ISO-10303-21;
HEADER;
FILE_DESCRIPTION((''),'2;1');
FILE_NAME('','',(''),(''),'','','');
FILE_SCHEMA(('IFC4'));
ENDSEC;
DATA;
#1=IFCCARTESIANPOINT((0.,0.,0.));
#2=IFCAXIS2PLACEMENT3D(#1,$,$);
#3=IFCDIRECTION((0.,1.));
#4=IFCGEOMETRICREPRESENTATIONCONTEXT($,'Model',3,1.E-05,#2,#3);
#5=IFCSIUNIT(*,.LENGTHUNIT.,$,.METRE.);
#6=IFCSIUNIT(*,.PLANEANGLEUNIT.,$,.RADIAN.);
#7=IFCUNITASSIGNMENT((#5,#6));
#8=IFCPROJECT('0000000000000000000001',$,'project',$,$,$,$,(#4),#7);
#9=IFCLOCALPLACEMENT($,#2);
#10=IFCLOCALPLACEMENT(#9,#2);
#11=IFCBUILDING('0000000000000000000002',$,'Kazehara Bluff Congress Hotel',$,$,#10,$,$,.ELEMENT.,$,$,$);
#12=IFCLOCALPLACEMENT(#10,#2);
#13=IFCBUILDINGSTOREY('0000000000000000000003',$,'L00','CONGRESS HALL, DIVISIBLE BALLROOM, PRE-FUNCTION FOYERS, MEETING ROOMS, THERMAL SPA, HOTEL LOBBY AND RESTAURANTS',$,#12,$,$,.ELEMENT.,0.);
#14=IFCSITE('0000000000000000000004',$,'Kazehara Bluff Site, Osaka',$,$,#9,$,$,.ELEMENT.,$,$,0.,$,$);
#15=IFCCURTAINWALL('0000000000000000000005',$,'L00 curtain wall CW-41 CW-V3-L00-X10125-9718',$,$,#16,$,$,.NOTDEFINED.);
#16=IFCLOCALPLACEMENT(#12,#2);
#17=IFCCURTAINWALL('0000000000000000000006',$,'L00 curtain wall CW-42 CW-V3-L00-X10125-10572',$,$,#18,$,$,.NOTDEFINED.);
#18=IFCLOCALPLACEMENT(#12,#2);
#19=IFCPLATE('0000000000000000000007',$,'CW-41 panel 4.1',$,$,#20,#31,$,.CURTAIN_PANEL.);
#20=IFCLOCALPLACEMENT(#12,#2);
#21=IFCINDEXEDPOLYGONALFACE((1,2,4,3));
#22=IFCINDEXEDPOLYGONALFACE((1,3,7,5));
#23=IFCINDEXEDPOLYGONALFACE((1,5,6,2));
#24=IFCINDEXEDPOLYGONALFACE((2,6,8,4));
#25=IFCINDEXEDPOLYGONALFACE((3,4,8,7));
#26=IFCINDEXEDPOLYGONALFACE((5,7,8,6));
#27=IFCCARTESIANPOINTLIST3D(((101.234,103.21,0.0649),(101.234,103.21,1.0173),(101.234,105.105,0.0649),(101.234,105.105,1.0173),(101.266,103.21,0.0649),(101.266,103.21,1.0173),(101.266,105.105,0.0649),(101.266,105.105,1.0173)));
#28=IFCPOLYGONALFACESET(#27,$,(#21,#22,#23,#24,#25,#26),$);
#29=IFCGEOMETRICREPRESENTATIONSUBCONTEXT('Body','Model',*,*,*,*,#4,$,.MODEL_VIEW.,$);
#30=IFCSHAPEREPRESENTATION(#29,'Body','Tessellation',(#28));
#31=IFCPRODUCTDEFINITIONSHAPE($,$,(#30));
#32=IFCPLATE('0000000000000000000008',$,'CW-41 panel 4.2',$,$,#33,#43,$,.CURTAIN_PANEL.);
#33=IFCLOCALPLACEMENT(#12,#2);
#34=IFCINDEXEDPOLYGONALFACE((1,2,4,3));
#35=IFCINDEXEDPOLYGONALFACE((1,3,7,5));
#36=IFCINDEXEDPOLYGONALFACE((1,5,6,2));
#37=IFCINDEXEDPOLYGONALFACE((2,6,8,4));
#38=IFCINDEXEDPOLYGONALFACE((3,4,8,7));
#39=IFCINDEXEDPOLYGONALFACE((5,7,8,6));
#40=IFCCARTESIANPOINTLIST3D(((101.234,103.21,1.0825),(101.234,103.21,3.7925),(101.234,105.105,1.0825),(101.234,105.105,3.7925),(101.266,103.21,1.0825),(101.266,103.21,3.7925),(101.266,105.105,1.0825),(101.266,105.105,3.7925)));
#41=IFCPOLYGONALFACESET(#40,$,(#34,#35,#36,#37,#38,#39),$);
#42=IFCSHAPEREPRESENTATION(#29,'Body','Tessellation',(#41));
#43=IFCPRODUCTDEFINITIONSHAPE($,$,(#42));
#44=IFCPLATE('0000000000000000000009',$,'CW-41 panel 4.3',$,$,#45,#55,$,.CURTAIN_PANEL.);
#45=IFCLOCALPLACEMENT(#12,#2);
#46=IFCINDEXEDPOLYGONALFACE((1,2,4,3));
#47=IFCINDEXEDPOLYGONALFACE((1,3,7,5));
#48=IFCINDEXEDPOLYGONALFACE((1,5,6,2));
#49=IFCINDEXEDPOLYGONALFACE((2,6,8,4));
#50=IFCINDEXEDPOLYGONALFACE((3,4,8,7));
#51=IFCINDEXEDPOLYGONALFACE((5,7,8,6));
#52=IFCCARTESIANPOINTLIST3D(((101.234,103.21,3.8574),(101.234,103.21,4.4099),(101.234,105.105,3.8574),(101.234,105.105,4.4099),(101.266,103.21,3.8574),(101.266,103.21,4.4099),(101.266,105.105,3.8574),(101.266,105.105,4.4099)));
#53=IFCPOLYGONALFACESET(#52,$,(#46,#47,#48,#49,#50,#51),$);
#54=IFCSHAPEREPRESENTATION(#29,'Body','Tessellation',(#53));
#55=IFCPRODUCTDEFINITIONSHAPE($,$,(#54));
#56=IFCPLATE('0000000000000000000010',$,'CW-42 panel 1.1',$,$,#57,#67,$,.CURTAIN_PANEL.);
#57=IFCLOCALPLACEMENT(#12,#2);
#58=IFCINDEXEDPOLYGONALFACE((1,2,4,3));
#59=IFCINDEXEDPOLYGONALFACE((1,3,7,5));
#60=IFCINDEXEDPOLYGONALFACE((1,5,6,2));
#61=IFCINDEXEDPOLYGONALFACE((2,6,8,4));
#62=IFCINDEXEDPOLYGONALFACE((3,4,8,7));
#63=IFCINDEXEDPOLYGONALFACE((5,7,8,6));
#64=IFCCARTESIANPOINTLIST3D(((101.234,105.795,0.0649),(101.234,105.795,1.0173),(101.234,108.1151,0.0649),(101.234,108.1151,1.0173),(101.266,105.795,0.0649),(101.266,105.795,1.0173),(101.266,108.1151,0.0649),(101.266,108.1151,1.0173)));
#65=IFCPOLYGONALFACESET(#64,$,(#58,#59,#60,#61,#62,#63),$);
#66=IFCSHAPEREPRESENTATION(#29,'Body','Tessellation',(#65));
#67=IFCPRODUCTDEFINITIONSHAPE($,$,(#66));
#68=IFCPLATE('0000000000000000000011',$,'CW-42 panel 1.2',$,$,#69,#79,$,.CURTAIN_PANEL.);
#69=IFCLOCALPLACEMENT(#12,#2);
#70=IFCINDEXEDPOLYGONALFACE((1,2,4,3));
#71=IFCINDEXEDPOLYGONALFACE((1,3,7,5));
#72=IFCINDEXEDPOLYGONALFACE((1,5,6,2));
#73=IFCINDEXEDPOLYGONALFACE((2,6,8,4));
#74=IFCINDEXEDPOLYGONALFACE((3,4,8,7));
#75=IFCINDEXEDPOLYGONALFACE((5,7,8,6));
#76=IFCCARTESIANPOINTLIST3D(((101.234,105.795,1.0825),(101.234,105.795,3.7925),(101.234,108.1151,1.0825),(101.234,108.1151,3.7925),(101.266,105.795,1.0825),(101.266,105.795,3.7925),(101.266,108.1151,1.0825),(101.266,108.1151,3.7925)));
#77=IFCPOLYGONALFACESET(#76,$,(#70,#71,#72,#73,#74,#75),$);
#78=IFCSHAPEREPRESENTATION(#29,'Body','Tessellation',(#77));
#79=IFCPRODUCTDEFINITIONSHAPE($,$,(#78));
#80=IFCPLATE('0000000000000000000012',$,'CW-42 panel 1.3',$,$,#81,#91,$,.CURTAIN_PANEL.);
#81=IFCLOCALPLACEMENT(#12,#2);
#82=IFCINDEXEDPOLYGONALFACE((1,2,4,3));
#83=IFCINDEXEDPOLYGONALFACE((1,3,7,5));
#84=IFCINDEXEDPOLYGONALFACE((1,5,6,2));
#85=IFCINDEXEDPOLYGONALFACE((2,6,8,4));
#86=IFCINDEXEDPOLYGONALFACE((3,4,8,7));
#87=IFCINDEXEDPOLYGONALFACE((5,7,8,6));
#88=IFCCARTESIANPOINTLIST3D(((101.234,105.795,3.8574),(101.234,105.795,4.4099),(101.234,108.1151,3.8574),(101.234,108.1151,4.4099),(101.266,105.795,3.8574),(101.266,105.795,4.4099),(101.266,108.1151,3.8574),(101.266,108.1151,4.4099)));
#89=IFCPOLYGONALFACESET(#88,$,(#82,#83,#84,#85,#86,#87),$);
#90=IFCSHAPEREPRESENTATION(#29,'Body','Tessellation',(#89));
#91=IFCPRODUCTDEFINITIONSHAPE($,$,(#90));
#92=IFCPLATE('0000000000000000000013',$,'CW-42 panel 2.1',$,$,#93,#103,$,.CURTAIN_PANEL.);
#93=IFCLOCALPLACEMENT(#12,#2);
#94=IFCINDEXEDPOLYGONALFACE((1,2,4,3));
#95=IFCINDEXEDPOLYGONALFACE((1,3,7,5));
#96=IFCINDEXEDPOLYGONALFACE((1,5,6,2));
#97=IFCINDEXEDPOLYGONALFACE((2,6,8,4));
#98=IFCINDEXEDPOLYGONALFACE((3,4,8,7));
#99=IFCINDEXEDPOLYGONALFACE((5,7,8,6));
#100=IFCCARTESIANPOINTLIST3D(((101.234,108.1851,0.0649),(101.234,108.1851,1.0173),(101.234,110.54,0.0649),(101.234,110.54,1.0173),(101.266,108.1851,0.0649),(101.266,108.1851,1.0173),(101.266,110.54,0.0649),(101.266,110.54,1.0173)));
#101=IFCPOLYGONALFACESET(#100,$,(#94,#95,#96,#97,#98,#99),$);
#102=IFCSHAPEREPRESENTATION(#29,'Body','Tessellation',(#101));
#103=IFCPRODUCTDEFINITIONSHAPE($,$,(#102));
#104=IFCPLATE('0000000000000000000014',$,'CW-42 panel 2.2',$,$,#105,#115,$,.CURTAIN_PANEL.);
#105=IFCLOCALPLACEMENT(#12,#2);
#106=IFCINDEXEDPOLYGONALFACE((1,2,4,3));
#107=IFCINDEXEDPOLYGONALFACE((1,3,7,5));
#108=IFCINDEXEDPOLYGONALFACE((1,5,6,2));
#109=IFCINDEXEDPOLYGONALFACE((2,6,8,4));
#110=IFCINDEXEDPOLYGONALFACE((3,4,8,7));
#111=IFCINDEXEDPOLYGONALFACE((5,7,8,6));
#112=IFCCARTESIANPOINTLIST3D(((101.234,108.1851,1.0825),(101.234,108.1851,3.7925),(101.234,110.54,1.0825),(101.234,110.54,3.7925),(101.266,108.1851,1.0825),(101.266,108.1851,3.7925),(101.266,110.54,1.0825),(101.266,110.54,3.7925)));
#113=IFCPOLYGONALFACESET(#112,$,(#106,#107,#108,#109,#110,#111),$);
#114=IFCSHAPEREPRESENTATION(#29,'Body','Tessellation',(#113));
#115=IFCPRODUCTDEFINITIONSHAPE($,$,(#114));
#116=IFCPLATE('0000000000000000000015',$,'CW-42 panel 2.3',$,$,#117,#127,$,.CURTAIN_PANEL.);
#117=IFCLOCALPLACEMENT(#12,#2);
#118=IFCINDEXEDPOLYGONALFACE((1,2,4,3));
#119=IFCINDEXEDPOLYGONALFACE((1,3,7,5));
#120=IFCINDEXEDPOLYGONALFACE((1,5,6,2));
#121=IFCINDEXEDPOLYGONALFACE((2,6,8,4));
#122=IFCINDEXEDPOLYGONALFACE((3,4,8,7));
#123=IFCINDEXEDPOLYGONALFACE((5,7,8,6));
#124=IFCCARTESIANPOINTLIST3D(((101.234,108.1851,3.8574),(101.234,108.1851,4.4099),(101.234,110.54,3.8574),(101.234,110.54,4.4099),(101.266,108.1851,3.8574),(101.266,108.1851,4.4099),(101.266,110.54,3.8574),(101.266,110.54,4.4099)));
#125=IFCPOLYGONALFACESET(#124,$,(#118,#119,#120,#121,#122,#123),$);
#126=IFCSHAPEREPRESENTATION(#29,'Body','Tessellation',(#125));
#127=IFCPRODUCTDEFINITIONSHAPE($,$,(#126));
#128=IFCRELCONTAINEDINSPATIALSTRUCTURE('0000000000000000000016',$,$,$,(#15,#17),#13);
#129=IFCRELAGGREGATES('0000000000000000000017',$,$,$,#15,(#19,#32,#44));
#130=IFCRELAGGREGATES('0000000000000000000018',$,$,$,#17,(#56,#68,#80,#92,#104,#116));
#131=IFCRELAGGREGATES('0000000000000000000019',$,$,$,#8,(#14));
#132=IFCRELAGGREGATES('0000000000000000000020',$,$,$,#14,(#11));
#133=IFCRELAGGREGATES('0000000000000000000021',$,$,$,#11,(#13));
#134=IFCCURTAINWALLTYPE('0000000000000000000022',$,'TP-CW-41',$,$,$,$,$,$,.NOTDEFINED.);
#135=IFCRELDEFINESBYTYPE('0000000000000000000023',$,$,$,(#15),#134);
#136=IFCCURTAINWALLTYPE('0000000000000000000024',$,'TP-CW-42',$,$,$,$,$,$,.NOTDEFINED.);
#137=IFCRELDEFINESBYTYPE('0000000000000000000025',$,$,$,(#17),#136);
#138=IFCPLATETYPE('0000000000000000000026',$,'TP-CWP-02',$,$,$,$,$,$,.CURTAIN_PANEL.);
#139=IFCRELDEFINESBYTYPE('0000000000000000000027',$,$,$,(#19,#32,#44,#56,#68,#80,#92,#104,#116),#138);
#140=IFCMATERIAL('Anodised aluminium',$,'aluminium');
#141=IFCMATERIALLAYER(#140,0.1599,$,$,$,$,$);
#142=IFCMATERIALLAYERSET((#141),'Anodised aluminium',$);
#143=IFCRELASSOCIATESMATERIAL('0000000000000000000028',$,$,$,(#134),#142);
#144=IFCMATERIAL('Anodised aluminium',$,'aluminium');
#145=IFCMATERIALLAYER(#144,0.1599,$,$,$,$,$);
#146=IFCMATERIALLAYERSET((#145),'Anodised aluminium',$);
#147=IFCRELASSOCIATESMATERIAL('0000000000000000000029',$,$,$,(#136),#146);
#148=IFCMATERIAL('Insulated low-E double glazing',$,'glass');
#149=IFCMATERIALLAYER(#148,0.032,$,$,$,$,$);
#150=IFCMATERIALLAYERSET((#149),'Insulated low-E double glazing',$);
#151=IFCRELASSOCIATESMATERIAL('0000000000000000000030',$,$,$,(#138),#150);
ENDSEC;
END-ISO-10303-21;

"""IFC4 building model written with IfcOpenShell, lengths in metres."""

from ifc_helpers import new_model, si_unit, direction, frame, origin, origin_2d, place, context, subcontext, project, spatial, rectangle, extrude, material, layer, layer_set, type_object, element, aggregate, save


model = new_model("IFC4")

# Units and contexts
model_context = context("Model", 3, precision=1e-05, world=origin(), true_north=direction((0.0, 1.0)))
body_context = subcontext(model_context, "Body", "Model", "MODEL_VIEW")
ifc_project = project(units=[si_unit("LENGTHUNIT", "METRE"), si_unit("PLANEANGLEUNIT", "RADIAN")], contexts=[model_context])

# Site, building, storey
site_placement = place(None, origin())
site = spatial("IfcSite", under=ifc_project, at=site_placement, Name="Kazehara Bluff Site, Osaka", CompositionType="ELEMENT", RefElevation=0.0)
building_placement = place(site_placement, origin())
building = spatial("IfcBuilding", under=site, at=building_placement, Name="Kazehara Bluff Congress Hotel", CompositionType="ELEMENT")
storey_placement = place(building_placement, origin())
storey = spatial("IfcBuildingStorey", under=building, at=storey_placement, Name="L00", Description="CONGRESS HALL, DIVISIBLE BALLROOM, PRE-FUNCTION FOYERS, MEETING ROOMS, THERMAL SPA, HOTEL LOBBY AND RESTAURANTS", CompositionType="ELEMENT", Elevation=0.0)

# Curtain walls
ifc_material_1 = material(Name="Anodised aluminium", Category="aluminium")
ifc_layer_1 = layer(ifc_material_1, 0.1599)
ifc_layer_set_1 = layer_set([ifc_layer_1], Name="Anodised aluminium")
curtain_wall_type_1 = type_object("IfcCurtainWallType", Name="TP-CW-41", PredefinedType="NOTDEFINED", material=ifc_layer_set_1)
curtain_wall_1_placement = place(storey_placement, origin())
curtain_wall_1 = element("IfcCurtainWall", 1, at=curtain_wall_1_placement, inside=storey, type_object=curtain_wall_type_1, Name="L00 curtain wall CW-41 CW-V3-L00-X10125-9718", PredefinedType="NOTDEFINED")
ifc_material_2 = material(Name="Anodised aluminium", Category="aluminium")
ifc_layer_2 = layer(ifc_material_2, 0.1599)
ifc_layer_set_2 = layer_set([ifc_layer_2], Name="Anodised aluminium")
curtain_wall_type_2 = type_object("IfcCurtainWallType", Name="TP-CW-42", PredefinedType="NOTDEFINED", material=ifc_layer_set_2)
curtain_wall_2_placement = place(storey_placement, origin())
curtain_wall_2 = element("IfcCurtainWall", 2, at=curtain_wall_2_placement, inside=storey, type_object=curtain_wall_type_2, Name="L00 curtain wall CW-42 CW-V3-L00-X10125-10572", PredefinedType="NOTDEFINED")

# Plates
ifc_material_3 = material(Name="Insulated low-E double glazing", Category="glass")
ifc_layer_3 = layer(ifc_material_3, 0.032)
ifc_layer_set_3 = layer_set([ifc_layer_3], Name="Insulated low-E double glazing")
plate_type = type_object("IfcPlateType", Name="TP-CWP-02", PredefinedType="CURTAIN_PANEL", material=ifc_layer_set_3)
plate_1_placement = place(storey_placement, frame((101.25, 104.1575, 0.0649), z_axis=(0.0, 0.0, 1.0), x_axis=(0.0, 1.0, 0.0)))
plate_1 = element("IfcPlate", 3, at=plate_1_placement, type_object=plate_type, Name="CW-41 panel 4.1", PredefinedType="CURTAIN_PANEL", context=body_context, shape_type="SweptSolid", body=[
    extrude(rectangle(XDim=1.895, YDim=0.032, at=origin_2d()), origin(), (0.0, 0.0, 1.0), 0.9524),
])
plate_2_placement = place(storey_placement, frame((101.25, 104.1575, 1.0825), z_axis=(0.0, 0.0, 1.0), x_axis=(0.0, 1.0, 0.0)))
plate_2 = element("IfcPlate", 4, at=plate_2_placement, type_object=plate_type, Name="CW-41 panel 4.2", PredefinedType="CURTAIN_PANEL", context=body_context, shape_type="SweptSolid", body=[
    extrude(rectangle(XDim=1.895, YDim=0.032, at=origin_2d()), origin(), (0.0, 0.0, 1.0), 2.71),
])
plate_3_placement = place(storey_placement, frame((101.25, 104.1575, 3.8574), z_axis=(0.0, 0.0, 1.0), x_axis=(0.0, 1.0, 0.0)))
plate_3 = element("IfcPlate", 5, at=plate_3_placement, type_object=plate_type, Name="CW-41 panel 4.3", PredefinedType="CURTAIN_PANEL", context=body_context, shape_type="SweptSolid", body=[
    extrude(rectangle(XDim=1.895, YDim=0.032, at=origin_2d()), origin(), (0.0, 0.0, 1.0), 0.5525),
])
aggregate(curtain_wall_1, [plate_1, plate_2, plate_3])
plate_4_placement = place(storey_placement, frame((101.25, 106.9551, 0.0649), z_axis=(0.0, 0.0, 1.0), x_axis=(0.0, 1.0, 0.0)))
plate_4 = element("IfcPlate", 6, at=plate_4_placement, type_object=plate_type, Name="CW-42 panel 1.1", PredefinedType="CURTAIN_PANEL", context=body_context, shape_type="SweptSolid", body=[
    extrude(rectangle(XDim=2.3201, YDim=0.032, at=origin_2d()), origin(), (0.0, 0.0, 1.0), 0.9524),
])
plate_5_placement = place(storey_placement, frame((101.25, 106.9551, 1.0825), z_axis=(0.0, 0.0, 1.0), x_axis=(0.0, 1.0, 0.0)))
plate_5 = element("IfcPlate", 7, at=plate_5_placement, type_object=plate_type, Name="CW-42 panel 1.2", PredefinedType="CURTAIN_PANEL", context=body_context, shape_type="SweptSolid", body=[
    extrude(rectangle(XDim=2.3201, YDim=0.032, at=origin_2d()), origin(), (0.0, 0.0, 1.0), 2.71),
])
plate_6_placement = place(storey_placement, frame((101.25, 106.9551, 3.8574), z_axis=(0.0, 0.0, 1.0), x_axis=(0.0, 1.0, 0.0)))
plate_6 = element("IfcPlate", 8, at=plate_6_placement, type_object=plate_type, Name="CW-42 panel 1.3", PredefinedType="CURTAIN_PANEL", context=body_context, shape_type="SweptSolid", body=[
    extrude(rectangle(XDim=2.3201, YDim=0.032, at=origin_2d()), origin(), (0.0, 0.0, 1.0), 0.5525),
])
plate_7_placement = place(storey_placement, frame((101.25, 109.3625, 0.0649), z_axis=(0.0, 0.0, 1.0), x_axis=(0.0, 1.0, 0.0)))
plate_7 = element("IfcPlate", 9, at=plate_7_placement, type_object=plate_type, Name="CW-42 panel 2.1", PredefinedType="CURTAIN_PANEL", context=body_context, shape_type="SweptSolid", body=[
    extrude(rectangle(XDim=2.355, YDim=0.032, at=origin_2d()), origin(), (0.0, 0.0, 1.0), 0.9524),
])
plate_8_placement = place(storey_placement, frame((101.25, 109.3625, 1.0825), z_axis=(0.0, 0.0, 1.0), x_axis=(0.0, 1.0, 0.0)))
plate_8 = element("IfcPlate", 10, at=plate_8_placement, type_object=plate_type, Name="CW-42 panel 2.2", PredefinedType="CURTAIN_PANEL", context=body_context, shape_type="SweptSolid", body=[
    extrude(rectangle(XDim=2.355, YDim=0.032, at=origin_2d()), origin(), (0.0, 0.0, 1.0), 2.71),
])
plate_9_placement = place(storey_placement, frame((101.25, 109.3625, 3.8574), z_axis=(0.0, 0.0, 1.0), x_axis=(0.0, 1.0, 0.0)))
plate_9 = element("IfcPlate", 11, at=plate_9_placement, type_object=plate_type, Name="CW-42 panel 2.3", PredefinedType="CURTAIN_PANEL", context=body_context, shape_type="SweptSolid", body=[
    extrude(rectangle(XDim=2.355, YDim=0.032, at=origin_2d()), origin(), (0.0, 0.0, 1.0), 0.5525),
])
aggregate(curtain_wall_2, [plate_4, plate_5, plate_6, plate_7, plate_8, plate_9])

save(model, "model.ifc")
